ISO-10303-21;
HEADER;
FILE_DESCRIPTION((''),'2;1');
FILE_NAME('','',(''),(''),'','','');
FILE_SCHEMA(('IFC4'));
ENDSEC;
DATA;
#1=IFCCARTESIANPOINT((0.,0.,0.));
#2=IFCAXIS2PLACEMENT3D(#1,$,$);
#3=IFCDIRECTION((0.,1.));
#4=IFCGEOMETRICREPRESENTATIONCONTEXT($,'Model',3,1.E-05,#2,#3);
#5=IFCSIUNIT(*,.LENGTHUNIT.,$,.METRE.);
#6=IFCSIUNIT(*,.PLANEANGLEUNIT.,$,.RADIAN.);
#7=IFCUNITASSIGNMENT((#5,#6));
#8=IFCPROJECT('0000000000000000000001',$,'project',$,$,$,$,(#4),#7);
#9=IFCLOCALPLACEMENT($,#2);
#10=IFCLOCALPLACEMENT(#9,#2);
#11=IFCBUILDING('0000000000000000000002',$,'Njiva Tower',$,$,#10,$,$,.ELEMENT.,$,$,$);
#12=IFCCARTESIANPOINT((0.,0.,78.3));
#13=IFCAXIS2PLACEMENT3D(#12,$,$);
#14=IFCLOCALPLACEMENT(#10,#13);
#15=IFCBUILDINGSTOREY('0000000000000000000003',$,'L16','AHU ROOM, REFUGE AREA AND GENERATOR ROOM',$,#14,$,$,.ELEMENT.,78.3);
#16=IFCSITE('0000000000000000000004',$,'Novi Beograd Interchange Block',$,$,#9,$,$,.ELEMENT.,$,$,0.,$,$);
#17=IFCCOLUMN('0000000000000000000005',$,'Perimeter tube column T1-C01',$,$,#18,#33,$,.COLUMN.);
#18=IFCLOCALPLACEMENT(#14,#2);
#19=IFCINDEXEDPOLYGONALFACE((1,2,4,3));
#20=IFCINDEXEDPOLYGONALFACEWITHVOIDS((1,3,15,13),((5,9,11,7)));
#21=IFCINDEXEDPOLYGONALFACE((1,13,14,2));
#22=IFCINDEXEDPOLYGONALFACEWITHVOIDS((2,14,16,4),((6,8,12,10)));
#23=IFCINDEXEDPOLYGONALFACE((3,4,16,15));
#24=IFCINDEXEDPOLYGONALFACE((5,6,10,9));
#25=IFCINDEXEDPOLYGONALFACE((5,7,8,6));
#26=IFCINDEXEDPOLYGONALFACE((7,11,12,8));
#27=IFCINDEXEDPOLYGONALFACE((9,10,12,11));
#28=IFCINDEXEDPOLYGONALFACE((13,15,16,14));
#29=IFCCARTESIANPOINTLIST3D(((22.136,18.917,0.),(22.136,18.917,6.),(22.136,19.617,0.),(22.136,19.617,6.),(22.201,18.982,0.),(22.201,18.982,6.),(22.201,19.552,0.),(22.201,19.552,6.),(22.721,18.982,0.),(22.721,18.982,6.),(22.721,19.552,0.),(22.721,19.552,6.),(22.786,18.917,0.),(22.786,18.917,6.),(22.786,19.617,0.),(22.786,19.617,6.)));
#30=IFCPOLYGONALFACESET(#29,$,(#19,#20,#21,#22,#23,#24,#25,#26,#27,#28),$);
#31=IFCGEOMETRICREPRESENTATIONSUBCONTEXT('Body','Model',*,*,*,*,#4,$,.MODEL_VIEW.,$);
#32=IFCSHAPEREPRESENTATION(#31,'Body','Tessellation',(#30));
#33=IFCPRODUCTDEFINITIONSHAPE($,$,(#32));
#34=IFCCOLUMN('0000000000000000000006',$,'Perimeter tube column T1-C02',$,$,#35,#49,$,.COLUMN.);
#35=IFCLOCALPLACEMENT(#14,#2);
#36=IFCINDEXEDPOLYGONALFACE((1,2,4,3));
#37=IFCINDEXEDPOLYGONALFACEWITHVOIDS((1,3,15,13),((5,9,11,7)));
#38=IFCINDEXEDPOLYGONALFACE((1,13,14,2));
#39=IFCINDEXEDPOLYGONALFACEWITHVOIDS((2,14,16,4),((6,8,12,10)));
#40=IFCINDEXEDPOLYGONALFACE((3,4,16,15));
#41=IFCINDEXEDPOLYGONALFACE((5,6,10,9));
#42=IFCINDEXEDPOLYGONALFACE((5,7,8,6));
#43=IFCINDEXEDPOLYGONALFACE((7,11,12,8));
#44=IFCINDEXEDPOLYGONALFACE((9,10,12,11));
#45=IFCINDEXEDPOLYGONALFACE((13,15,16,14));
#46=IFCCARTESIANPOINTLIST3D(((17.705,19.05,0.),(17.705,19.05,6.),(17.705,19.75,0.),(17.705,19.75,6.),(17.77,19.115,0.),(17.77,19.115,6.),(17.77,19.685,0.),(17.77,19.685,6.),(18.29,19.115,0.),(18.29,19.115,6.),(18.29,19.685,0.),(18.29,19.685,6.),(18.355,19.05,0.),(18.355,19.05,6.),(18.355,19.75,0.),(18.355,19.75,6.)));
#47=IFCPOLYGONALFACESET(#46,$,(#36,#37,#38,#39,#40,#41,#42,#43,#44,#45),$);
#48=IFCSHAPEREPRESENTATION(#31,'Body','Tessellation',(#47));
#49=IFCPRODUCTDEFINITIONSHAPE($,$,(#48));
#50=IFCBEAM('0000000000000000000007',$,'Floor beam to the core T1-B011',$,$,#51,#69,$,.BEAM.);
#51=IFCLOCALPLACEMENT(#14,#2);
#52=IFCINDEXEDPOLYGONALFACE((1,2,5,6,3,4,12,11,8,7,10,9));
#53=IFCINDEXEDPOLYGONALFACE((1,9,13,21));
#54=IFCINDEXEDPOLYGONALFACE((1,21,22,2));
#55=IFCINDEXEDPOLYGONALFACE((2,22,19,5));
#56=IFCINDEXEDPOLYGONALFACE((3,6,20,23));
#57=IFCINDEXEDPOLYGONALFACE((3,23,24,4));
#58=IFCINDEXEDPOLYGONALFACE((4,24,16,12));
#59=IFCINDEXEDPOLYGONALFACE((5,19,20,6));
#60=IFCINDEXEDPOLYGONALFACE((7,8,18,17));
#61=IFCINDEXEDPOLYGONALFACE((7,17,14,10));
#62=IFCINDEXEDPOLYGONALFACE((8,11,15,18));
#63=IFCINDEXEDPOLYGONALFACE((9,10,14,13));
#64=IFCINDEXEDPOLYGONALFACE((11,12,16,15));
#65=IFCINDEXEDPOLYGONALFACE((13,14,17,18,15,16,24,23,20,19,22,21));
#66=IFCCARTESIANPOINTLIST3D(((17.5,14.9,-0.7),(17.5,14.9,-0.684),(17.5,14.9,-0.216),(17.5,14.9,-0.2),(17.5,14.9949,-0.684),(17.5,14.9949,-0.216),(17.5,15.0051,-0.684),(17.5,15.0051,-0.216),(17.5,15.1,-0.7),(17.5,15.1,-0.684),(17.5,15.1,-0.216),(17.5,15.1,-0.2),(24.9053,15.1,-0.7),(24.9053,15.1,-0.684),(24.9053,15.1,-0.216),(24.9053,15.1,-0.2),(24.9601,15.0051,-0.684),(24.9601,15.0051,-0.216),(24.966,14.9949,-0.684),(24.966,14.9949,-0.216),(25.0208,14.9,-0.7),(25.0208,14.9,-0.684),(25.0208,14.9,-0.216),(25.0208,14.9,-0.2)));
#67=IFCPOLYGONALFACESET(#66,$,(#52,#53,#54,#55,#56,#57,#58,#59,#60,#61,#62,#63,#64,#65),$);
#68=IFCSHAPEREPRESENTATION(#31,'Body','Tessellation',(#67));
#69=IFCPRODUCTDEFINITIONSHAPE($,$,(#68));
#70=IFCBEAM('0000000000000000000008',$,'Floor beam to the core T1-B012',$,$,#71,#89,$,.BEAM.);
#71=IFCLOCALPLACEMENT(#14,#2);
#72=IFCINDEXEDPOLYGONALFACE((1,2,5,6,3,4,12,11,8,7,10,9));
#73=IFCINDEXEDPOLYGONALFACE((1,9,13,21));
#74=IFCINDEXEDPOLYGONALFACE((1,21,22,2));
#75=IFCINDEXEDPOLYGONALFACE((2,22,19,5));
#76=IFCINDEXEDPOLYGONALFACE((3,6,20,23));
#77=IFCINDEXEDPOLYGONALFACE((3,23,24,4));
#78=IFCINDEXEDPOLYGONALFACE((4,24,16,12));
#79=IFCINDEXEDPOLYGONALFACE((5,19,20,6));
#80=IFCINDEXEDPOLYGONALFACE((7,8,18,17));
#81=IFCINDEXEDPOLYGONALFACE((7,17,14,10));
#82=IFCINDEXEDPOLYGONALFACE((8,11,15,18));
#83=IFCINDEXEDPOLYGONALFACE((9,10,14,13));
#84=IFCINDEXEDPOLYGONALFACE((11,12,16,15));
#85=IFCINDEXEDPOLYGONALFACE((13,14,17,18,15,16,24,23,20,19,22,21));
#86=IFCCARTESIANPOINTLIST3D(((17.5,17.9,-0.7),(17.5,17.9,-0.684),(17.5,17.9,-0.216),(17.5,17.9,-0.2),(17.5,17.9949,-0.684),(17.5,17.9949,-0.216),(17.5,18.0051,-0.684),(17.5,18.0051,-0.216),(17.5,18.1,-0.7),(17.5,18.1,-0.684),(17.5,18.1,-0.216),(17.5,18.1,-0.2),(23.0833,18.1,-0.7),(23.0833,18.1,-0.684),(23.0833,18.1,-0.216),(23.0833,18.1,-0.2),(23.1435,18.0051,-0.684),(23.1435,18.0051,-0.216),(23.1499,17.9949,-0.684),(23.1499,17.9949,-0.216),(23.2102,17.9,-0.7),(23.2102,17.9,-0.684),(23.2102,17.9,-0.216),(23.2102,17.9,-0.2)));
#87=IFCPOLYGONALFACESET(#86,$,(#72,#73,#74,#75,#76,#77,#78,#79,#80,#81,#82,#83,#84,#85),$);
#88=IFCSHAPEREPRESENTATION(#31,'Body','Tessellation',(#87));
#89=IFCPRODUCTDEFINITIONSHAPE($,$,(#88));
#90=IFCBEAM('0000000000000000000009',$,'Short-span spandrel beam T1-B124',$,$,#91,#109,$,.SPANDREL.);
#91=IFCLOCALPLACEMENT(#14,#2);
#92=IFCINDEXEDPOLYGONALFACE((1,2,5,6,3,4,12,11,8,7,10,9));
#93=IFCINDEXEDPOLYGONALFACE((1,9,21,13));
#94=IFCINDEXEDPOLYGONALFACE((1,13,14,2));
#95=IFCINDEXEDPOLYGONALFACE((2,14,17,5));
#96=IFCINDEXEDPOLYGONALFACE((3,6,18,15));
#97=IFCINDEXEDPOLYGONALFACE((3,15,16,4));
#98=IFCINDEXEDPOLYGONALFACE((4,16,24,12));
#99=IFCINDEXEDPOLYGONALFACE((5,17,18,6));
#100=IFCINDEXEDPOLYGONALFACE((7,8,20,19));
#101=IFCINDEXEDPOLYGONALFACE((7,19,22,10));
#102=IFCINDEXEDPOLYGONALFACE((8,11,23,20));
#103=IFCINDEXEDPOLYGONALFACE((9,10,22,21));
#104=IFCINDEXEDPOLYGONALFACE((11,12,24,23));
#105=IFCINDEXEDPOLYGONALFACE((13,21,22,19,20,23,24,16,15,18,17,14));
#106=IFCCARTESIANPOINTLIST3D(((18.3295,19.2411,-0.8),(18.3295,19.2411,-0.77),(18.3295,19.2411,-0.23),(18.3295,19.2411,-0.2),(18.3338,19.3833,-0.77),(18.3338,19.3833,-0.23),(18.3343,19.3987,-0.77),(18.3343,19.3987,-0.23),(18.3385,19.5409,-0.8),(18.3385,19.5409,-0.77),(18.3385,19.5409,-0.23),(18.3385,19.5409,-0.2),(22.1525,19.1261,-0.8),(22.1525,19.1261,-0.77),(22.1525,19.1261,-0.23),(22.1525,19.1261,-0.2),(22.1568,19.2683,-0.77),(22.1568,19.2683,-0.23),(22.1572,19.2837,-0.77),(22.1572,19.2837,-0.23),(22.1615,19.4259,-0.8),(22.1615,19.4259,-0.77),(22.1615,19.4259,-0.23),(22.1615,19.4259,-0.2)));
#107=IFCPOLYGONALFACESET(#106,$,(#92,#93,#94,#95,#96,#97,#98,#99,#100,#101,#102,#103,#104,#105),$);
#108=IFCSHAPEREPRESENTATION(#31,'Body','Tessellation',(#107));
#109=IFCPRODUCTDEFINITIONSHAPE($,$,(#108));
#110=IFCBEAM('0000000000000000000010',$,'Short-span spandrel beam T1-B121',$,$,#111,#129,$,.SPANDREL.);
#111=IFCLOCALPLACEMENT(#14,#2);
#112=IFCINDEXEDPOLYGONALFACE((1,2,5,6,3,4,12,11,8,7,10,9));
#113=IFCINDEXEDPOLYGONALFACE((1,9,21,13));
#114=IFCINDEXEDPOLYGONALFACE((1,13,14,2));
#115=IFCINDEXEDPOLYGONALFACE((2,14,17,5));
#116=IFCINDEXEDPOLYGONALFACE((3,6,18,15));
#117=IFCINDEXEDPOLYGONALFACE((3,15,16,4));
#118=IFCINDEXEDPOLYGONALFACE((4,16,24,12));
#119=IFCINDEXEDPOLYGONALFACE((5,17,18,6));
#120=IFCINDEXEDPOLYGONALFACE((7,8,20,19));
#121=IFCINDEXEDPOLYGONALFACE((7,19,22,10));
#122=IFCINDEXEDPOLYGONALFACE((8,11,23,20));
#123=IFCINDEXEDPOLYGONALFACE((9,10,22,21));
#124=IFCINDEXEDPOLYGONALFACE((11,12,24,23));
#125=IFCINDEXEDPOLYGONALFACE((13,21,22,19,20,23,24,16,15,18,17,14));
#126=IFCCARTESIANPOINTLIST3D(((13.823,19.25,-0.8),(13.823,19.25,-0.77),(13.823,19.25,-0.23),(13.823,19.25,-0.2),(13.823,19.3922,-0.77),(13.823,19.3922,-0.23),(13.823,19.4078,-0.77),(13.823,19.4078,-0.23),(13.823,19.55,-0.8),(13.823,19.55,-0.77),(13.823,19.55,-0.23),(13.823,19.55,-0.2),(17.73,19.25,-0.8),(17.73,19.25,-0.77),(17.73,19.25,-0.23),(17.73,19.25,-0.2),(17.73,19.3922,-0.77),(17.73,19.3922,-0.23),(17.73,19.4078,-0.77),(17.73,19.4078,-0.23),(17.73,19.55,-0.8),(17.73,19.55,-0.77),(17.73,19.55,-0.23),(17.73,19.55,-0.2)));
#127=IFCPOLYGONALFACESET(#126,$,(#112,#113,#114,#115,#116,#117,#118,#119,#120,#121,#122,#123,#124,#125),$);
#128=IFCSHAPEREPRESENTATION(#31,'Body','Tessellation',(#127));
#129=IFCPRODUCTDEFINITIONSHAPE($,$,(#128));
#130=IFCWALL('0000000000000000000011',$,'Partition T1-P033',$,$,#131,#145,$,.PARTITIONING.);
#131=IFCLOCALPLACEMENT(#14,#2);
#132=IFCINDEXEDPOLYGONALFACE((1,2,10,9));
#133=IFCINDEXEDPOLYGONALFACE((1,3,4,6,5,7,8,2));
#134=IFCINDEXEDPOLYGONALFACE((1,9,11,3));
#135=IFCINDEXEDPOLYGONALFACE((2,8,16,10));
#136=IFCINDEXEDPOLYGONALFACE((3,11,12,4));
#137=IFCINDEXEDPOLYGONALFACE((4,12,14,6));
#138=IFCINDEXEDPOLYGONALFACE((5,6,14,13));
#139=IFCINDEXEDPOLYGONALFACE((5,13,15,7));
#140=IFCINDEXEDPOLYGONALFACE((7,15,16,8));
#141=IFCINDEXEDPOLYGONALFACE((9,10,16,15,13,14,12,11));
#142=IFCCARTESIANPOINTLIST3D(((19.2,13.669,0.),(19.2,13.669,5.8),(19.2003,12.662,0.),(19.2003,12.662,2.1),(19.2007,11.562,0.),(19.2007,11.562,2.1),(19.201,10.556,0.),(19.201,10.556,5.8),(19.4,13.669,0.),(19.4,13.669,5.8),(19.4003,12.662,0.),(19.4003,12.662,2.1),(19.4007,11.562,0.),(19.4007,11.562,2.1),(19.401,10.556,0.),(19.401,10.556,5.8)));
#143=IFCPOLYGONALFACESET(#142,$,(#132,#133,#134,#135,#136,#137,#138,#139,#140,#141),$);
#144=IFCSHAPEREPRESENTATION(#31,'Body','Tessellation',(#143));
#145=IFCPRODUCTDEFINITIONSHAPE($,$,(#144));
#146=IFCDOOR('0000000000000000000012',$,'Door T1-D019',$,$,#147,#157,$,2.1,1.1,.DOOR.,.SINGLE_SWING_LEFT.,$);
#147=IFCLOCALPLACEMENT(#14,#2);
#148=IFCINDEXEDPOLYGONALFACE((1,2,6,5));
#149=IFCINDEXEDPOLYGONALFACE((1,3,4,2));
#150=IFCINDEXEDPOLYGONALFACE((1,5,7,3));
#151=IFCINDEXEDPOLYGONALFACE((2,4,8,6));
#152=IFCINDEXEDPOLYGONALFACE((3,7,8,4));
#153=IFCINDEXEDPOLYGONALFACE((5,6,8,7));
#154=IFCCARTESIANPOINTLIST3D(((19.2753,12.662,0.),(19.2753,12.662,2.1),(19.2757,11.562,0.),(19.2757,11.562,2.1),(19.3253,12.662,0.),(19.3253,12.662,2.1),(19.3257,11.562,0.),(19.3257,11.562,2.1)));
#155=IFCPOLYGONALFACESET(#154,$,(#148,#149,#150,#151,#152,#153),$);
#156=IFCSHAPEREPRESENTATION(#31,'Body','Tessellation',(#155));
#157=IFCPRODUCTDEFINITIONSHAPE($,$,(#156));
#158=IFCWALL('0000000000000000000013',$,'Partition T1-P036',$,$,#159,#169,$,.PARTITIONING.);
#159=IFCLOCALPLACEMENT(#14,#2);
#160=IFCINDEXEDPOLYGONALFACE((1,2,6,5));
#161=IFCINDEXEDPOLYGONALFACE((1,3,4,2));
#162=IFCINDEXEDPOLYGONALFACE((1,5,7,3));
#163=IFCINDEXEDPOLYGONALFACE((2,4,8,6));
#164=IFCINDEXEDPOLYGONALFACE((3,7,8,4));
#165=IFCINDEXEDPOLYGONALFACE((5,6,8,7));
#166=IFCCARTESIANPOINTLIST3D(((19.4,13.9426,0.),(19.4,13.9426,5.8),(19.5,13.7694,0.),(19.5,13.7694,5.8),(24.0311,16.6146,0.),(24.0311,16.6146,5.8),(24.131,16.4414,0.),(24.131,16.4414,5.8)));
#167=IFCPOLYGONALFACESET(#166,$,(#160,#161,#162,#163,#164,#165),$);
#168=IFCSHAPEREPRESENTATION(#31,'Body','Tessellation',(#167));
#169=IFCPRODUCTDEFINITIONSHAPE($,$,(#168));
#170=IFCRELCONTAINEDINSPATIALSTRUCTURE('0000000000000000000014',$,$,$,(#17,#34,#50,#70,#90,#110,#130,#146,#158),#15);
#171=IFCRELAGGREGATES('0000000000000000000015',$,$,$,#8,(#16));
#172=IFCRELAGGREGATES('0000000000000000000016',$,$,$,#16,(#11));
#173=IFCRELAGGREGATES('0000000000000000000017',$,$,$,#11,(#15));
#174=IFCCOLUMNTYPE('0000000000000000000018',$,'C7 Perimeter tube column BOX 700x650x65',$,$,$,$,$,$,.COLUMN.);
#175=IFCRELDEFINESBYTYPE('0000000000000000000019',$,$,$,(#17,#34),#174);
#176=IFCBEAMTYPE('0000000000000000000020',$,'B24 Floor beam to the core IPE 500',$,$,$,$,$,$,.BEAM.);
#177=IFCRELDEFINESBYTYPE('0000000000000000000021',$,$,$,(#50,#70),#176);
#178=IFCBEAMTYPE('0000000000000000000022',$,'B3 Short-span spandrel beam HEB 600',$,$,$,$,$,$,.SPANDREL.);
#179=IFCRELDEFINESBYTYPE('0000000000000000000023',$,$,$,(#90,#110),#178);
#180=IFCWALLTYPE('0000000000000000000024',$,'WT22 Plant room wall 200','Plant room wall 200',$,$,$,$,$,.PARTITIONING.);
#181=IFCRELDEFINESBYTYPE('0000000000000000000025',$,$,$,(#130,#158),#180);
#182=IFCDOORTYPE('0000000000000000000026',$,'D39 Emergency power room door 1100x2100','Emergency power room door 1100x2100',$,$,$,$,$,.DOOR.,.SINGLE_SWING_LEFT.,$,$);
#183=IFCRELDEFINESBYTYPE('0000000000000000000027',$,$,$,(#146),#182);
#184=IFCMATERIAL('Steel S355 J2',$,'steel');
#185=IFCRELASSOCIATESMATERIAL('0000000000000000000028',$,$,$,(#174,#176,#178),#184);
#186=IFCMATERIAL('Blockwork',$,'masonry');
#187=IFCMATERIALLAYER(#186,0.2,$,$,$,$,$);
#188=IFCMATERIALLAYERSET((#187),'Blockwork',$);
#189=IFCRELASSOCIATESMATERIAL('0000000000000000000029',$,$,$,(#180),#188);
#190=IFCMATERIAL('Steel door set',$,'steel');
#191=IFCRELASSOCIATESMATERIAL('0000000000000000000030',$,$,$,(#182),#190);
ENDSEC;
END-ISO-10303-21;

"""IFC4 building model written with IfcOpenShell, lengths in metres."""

from ifc_helpers import new_model, si_unit, direction, frame, frame_2d, origin, origin_2d, place, context, subcontext, project, spatial, rectangle, hollow_rectangle, i_section, extrude, clip, halfspace, material, layer, layer_set, material_profile, profile_set, type_object, element, fill, save


model = new_model("IFC4")

# Units and contexts
model_context = context("Model", 3, precision=1e-05, world=origin(), true_north=direction((0.0, 1.0)))
body_context = subcontext(model_context, "Body", "Model", "MODEL_VIEW")
ifc_project = project(units=[si_unit("LENGTHUNIT", "METRE"), si_unit("PLANEANGLEUNIT", "RADIAN")], contexts=[model_context])

# Site, building, storey
site_placement = place(None, origin())
site = spatial("IfcSite", under=ifc_project, at=site_placement, Name="Novi Beograd Interchange Block", CompositionType="ELEMENT", RefElevation=0.0)
building_placement = place(site_placement, origin())
building = spatial("IfcBuilding", under=site, at=building_placement, Name="Njiva Tower", CompositionType="ELEMENT")
storey_placement = place(building_placement, frame((0.0, 0.0, 78.3)))
storey = spatial("IfcBuildingStorey", under=building, at=storey_placement, Name="L16", Description="AHU ROOM, REFUGE AREA AND GENERATOR ROOM", CompositionType="ELEMENT", Elevation=78.3)

# Columns
ifc_material_1 = material(Name="Steel S355 J2", Category="steel")
ifc_material_profile_1 = material_profile(ifc_material_1, hollow_rectangle(XDim=0.65, YDim=0.7, WallThickness=0.065, at=origin_2d()), Name="BOX 700x650x65")
ifc_profile_set_1 = profile_set([ifc_material_profile_1], Name="Steel S355 J2")
column_type = type_object("IfcColumnType", Name="C7 Perimeter tube column BOX 700x650x65", PredefinedType="COLUMN", material=ifc_profile_set_1)
for number, where, z_axis, x_axis, name in (
    (1, (22.461, 19.267, 0.0), (0.0, 0.0, 1.0), (-1.0, 0.0, 0.0), "Perimeter tube column T1-C01"),
    (2, (18.03, 19.4, 0.0), (0.0, 0.0, 1.0), (-1.0, 0.0, 0.0), "Perimeter tube column T1-C02"),
):
    element("IfcColumn", number, at=place(storey_placement, frame(where, z_axis=z_axis, x_axis=x_axis)), inside=storey, type_object=column_type, Name=name, PredefinedType="COLUMN", context=body_context, shape_type="SweptSolid", body=[
        extrude(hollow_rectangle(XDim=0.65, YDim=0.7, WallThickness=0.065, at=origin_2d()), origin(), (0.0, 0.0, 1.0), 6.0),
    ])

# Beams
ifc_material_profile_2 = material_profile(ifc_material_1, i_section(OverallWidth=0.2, OverallDepth=0.5, WebThickness=0.0102, FlangeThickness=0.016, at=origin_2d()), Name="IPE 500")
ifc_profile_set_2 = profile_set([ifc_material_profile_2], Name="Steel S355 J2")
beam_type_1 = type_object("IfcBeamType", Name="B24 Floor beam to the core IPE 500", PredefinedType="BEAM", material=ifc_profile_set_2)
beam_1_placement = place(storey_placement, frame((17.5, 15.0, -0.45), z_axis=(1.0, 0.0, 0.0), x_axis=(0.0, 1.0, 0.0)))
element("IfcBeam", 3, at=beam_1_placement, inside=storey, type_object=beam_type_1, Name="Floor beam to the core T1-B011", PredefinedType="BEAM", context=body_context, shape_type="Clipping", body=[
    clip(extrude(i_section(OverallWidth=0.2, OverallDepth=0.5, WebThickness=0.0102, FlangeThickness=0.016, at=origin_2d()), origin(), (0.0, 0.0, 1.0), 7.541), halfspace(frame((0.025, 0.0, 7.4486), z_axis=(0.499998, 0.0, 0.866027), x_axis=(0.0, 1.0, 0.0)), False)),
])
beam_2_placement = place(storey_placement, frame((17.5, 18.0, -0.45), z_axis=(1.0, 0.0, 0.0), x_axis=(0.0, 1.0, 0.0)))
element("IfcBeam", 4, at=beam_2_placement, inside=storey, type_object=beam_type_1, Name="Floor beam to the core T1-B012", PredefinedType="BEAM", context=body_context, shape_type="Clipping", body=[
    clip(extrude(i_section(OverallWidth=0.2, OverallDepth=0.5, WebThickness=0.0102, FlangeThickness=0.016, at=origin_2d()), origin(), (0.0, 0.0, 1.0), 5.73), halfspace(frame((0.0268, 0.0, 5.6297), z_axis=(0.53576, 0.0, 0.84437), x_axis=(0.0, 1.0, 0.0)), False)),
])
ifc_material_profile_3 = material_profile(ifc_material_1, i_section(OverallWidth=0.3, OverallDepth=0.6, WebThickness=0.0155, FlangeThickness=0.03, at=origin_2d()), Name="HEB 600")
ifc_profile_set_3 = profile_set([ifc_material_profile_3], Name="Steel S355 J2")
beam_type_2 = type_object("IfcBeamType", Name="B3 Short-span spandrel beam HEB 600", PredefinedType="SPANDREL", material=ifc_profile_set_3)
beam_3_placement = place(storey_placement, frame((22.157, 19.276, -0.5), z_axis=(-0.999548, 0.030067, 0.0), x_axis=(-0.030067, -0.999548, 0.0)))
element("IfcBeam", 5, at=beam_3_placement, inside=storey, type_object=beam_type_2, Name="Short-span spandrel beam T1-B124", PredefinedType="SPANDREL", context=body_context, shape_type="SweptSolid", body=[
    extrude(i_section(OverallWidth=0.3, OverallDepth=0.6, WebThickness=0.0155, FlangeThickness=0.03, at=origin_2d()), origin(), (0.0, 0.0, 1.0), 3.8247),
])
beam_4_placement = place(storey_placement, frame((17.73, 19.4, -0.5), z_axis=(-1.0, 0.0, 0.0), x_axis=(0.0, -1.0, 0.0)))
element("IfcBeam", 6, at=beam_4_placement, inside=storey, type_object=beam_type_2, Name="Short-span spandrel beam T1-B121", PredefinedType="SPANDREL", context=body_context, shape_type="SweptSolid", body=[
    extrude(i_section(OverallWidth=0.3, OverallDepth=0.6, WebThickness=0.0155, FlangeThickness=0.03, at=origin_2d()), origin(), (0.0, 0.0, 1.0), 3.907),
])

# Wall, opening, door
ifc_material_2 = material(Name="Blockwork", Category="masonry")
ifc_layer = layer(ifc_material_2, 0.2)
ifc_layer_set = layer_set([ifc_layer], Name="Blockwork")
wall_type = type_object("IfcWallType", Name="WT22 Plant room wall 200", Description="Plant room wall 200", PredefinedType="PARTITIONING", material=ifc_layer_set)
wall_1_placement = place(storey_placement, frame((19.3, 13.669, 0.0), z_axis=(0.0, 0.0, 1.0), x_axis=(0.000321, -1.0, 0.0)))
wall_1 = element("IfcWall", 7, at=wall_1_placement, inside=storey, type_object=wall_type, Name="Partition T1-P033", PredefinedType="PARTITIONING", context=body_context, shape_type="SweptSolid", body=[
    extrude(rectangle(XDim=3.113, YDim=0.2, at=frame_2d((1.5565, 0.0))), origin(), (0.0, 0.0, 1.0), 5.8),
])
opening_placement = place(wall_1_placement, frame((1.007, 0.0, 0.0)))
opening = element("IfcOpeningElement", 8, at=opening_placement, cuts=wall_1, PredefinedType="OPENING", context=body_context, shape_type="SweptSolid", body=[
    extrude(rectangle(XDim=1.1, YDim=2.1, at=frame_2d((0.55, 1.05))), frame((0.0, 0.11, 0.0), z_axis=(0.0, -1.0, 0.0), x_axis=(1.0, 0.0, 0.0)), (0.0, 0.0, 1.0), 0.22),
])
ifc_material_3 = material(Name="Steel door set", Category="steel")
door_type = type_object("IfcDoorType", Name="D39 Emergency power room door 1100x2100", Description="Emergency power room door 1100x2100", OperationType="SINGLE_SWING_LEFT", PredefinedType="DOOR", material=ifc_material_3)
door_placement = place(opening_placement, origin())
door = element("IfcDoor", 9, at=door_placement, inside=storey, type_object=door_type, Name="Door T1-D019", OperationType="SINGLE_SWING_LEFT", OverallHeight=2.1, OverallWidth=1.1, PredefinedType="DOOR", context=body_context, shape_type="SweptSolid", body=[
    extrude(rectangle(XDim=1.1, YDim=2.1, at=frame_2d((0.55, 1.05))), frame((0.0, 0.025, 0.0), z_axis=(0.0, -1.0, 0.0), x_axis=(1.0, 0.0, 0.0)), (0.0, 0.0, 1.0), 0.05),
])
fill(opening, door)

# Wall
wall_2_placement = place(storey_placement, frame((19.45, 13.856, 0.0), z_axis=(0.0, 0.0, 1.0), x_axis=(0.866164, 0.49976, 0.0)))
element("IfcWall", 10, at=wall_2_placement, inside=storey, type_object=wall_type, Name="Partition T1-P036", PredefinedType="PARTITIONING", context=body_context, shape_type="SweptSolid", body=[
    extrude(rectangle(XDim=5.3466, YDim=0.2, at=frame_2d((2.6733, 0.0))), origin(), (0.0, 0.0, 1.0), 5.8),
])

save(model, "model.ifc")
